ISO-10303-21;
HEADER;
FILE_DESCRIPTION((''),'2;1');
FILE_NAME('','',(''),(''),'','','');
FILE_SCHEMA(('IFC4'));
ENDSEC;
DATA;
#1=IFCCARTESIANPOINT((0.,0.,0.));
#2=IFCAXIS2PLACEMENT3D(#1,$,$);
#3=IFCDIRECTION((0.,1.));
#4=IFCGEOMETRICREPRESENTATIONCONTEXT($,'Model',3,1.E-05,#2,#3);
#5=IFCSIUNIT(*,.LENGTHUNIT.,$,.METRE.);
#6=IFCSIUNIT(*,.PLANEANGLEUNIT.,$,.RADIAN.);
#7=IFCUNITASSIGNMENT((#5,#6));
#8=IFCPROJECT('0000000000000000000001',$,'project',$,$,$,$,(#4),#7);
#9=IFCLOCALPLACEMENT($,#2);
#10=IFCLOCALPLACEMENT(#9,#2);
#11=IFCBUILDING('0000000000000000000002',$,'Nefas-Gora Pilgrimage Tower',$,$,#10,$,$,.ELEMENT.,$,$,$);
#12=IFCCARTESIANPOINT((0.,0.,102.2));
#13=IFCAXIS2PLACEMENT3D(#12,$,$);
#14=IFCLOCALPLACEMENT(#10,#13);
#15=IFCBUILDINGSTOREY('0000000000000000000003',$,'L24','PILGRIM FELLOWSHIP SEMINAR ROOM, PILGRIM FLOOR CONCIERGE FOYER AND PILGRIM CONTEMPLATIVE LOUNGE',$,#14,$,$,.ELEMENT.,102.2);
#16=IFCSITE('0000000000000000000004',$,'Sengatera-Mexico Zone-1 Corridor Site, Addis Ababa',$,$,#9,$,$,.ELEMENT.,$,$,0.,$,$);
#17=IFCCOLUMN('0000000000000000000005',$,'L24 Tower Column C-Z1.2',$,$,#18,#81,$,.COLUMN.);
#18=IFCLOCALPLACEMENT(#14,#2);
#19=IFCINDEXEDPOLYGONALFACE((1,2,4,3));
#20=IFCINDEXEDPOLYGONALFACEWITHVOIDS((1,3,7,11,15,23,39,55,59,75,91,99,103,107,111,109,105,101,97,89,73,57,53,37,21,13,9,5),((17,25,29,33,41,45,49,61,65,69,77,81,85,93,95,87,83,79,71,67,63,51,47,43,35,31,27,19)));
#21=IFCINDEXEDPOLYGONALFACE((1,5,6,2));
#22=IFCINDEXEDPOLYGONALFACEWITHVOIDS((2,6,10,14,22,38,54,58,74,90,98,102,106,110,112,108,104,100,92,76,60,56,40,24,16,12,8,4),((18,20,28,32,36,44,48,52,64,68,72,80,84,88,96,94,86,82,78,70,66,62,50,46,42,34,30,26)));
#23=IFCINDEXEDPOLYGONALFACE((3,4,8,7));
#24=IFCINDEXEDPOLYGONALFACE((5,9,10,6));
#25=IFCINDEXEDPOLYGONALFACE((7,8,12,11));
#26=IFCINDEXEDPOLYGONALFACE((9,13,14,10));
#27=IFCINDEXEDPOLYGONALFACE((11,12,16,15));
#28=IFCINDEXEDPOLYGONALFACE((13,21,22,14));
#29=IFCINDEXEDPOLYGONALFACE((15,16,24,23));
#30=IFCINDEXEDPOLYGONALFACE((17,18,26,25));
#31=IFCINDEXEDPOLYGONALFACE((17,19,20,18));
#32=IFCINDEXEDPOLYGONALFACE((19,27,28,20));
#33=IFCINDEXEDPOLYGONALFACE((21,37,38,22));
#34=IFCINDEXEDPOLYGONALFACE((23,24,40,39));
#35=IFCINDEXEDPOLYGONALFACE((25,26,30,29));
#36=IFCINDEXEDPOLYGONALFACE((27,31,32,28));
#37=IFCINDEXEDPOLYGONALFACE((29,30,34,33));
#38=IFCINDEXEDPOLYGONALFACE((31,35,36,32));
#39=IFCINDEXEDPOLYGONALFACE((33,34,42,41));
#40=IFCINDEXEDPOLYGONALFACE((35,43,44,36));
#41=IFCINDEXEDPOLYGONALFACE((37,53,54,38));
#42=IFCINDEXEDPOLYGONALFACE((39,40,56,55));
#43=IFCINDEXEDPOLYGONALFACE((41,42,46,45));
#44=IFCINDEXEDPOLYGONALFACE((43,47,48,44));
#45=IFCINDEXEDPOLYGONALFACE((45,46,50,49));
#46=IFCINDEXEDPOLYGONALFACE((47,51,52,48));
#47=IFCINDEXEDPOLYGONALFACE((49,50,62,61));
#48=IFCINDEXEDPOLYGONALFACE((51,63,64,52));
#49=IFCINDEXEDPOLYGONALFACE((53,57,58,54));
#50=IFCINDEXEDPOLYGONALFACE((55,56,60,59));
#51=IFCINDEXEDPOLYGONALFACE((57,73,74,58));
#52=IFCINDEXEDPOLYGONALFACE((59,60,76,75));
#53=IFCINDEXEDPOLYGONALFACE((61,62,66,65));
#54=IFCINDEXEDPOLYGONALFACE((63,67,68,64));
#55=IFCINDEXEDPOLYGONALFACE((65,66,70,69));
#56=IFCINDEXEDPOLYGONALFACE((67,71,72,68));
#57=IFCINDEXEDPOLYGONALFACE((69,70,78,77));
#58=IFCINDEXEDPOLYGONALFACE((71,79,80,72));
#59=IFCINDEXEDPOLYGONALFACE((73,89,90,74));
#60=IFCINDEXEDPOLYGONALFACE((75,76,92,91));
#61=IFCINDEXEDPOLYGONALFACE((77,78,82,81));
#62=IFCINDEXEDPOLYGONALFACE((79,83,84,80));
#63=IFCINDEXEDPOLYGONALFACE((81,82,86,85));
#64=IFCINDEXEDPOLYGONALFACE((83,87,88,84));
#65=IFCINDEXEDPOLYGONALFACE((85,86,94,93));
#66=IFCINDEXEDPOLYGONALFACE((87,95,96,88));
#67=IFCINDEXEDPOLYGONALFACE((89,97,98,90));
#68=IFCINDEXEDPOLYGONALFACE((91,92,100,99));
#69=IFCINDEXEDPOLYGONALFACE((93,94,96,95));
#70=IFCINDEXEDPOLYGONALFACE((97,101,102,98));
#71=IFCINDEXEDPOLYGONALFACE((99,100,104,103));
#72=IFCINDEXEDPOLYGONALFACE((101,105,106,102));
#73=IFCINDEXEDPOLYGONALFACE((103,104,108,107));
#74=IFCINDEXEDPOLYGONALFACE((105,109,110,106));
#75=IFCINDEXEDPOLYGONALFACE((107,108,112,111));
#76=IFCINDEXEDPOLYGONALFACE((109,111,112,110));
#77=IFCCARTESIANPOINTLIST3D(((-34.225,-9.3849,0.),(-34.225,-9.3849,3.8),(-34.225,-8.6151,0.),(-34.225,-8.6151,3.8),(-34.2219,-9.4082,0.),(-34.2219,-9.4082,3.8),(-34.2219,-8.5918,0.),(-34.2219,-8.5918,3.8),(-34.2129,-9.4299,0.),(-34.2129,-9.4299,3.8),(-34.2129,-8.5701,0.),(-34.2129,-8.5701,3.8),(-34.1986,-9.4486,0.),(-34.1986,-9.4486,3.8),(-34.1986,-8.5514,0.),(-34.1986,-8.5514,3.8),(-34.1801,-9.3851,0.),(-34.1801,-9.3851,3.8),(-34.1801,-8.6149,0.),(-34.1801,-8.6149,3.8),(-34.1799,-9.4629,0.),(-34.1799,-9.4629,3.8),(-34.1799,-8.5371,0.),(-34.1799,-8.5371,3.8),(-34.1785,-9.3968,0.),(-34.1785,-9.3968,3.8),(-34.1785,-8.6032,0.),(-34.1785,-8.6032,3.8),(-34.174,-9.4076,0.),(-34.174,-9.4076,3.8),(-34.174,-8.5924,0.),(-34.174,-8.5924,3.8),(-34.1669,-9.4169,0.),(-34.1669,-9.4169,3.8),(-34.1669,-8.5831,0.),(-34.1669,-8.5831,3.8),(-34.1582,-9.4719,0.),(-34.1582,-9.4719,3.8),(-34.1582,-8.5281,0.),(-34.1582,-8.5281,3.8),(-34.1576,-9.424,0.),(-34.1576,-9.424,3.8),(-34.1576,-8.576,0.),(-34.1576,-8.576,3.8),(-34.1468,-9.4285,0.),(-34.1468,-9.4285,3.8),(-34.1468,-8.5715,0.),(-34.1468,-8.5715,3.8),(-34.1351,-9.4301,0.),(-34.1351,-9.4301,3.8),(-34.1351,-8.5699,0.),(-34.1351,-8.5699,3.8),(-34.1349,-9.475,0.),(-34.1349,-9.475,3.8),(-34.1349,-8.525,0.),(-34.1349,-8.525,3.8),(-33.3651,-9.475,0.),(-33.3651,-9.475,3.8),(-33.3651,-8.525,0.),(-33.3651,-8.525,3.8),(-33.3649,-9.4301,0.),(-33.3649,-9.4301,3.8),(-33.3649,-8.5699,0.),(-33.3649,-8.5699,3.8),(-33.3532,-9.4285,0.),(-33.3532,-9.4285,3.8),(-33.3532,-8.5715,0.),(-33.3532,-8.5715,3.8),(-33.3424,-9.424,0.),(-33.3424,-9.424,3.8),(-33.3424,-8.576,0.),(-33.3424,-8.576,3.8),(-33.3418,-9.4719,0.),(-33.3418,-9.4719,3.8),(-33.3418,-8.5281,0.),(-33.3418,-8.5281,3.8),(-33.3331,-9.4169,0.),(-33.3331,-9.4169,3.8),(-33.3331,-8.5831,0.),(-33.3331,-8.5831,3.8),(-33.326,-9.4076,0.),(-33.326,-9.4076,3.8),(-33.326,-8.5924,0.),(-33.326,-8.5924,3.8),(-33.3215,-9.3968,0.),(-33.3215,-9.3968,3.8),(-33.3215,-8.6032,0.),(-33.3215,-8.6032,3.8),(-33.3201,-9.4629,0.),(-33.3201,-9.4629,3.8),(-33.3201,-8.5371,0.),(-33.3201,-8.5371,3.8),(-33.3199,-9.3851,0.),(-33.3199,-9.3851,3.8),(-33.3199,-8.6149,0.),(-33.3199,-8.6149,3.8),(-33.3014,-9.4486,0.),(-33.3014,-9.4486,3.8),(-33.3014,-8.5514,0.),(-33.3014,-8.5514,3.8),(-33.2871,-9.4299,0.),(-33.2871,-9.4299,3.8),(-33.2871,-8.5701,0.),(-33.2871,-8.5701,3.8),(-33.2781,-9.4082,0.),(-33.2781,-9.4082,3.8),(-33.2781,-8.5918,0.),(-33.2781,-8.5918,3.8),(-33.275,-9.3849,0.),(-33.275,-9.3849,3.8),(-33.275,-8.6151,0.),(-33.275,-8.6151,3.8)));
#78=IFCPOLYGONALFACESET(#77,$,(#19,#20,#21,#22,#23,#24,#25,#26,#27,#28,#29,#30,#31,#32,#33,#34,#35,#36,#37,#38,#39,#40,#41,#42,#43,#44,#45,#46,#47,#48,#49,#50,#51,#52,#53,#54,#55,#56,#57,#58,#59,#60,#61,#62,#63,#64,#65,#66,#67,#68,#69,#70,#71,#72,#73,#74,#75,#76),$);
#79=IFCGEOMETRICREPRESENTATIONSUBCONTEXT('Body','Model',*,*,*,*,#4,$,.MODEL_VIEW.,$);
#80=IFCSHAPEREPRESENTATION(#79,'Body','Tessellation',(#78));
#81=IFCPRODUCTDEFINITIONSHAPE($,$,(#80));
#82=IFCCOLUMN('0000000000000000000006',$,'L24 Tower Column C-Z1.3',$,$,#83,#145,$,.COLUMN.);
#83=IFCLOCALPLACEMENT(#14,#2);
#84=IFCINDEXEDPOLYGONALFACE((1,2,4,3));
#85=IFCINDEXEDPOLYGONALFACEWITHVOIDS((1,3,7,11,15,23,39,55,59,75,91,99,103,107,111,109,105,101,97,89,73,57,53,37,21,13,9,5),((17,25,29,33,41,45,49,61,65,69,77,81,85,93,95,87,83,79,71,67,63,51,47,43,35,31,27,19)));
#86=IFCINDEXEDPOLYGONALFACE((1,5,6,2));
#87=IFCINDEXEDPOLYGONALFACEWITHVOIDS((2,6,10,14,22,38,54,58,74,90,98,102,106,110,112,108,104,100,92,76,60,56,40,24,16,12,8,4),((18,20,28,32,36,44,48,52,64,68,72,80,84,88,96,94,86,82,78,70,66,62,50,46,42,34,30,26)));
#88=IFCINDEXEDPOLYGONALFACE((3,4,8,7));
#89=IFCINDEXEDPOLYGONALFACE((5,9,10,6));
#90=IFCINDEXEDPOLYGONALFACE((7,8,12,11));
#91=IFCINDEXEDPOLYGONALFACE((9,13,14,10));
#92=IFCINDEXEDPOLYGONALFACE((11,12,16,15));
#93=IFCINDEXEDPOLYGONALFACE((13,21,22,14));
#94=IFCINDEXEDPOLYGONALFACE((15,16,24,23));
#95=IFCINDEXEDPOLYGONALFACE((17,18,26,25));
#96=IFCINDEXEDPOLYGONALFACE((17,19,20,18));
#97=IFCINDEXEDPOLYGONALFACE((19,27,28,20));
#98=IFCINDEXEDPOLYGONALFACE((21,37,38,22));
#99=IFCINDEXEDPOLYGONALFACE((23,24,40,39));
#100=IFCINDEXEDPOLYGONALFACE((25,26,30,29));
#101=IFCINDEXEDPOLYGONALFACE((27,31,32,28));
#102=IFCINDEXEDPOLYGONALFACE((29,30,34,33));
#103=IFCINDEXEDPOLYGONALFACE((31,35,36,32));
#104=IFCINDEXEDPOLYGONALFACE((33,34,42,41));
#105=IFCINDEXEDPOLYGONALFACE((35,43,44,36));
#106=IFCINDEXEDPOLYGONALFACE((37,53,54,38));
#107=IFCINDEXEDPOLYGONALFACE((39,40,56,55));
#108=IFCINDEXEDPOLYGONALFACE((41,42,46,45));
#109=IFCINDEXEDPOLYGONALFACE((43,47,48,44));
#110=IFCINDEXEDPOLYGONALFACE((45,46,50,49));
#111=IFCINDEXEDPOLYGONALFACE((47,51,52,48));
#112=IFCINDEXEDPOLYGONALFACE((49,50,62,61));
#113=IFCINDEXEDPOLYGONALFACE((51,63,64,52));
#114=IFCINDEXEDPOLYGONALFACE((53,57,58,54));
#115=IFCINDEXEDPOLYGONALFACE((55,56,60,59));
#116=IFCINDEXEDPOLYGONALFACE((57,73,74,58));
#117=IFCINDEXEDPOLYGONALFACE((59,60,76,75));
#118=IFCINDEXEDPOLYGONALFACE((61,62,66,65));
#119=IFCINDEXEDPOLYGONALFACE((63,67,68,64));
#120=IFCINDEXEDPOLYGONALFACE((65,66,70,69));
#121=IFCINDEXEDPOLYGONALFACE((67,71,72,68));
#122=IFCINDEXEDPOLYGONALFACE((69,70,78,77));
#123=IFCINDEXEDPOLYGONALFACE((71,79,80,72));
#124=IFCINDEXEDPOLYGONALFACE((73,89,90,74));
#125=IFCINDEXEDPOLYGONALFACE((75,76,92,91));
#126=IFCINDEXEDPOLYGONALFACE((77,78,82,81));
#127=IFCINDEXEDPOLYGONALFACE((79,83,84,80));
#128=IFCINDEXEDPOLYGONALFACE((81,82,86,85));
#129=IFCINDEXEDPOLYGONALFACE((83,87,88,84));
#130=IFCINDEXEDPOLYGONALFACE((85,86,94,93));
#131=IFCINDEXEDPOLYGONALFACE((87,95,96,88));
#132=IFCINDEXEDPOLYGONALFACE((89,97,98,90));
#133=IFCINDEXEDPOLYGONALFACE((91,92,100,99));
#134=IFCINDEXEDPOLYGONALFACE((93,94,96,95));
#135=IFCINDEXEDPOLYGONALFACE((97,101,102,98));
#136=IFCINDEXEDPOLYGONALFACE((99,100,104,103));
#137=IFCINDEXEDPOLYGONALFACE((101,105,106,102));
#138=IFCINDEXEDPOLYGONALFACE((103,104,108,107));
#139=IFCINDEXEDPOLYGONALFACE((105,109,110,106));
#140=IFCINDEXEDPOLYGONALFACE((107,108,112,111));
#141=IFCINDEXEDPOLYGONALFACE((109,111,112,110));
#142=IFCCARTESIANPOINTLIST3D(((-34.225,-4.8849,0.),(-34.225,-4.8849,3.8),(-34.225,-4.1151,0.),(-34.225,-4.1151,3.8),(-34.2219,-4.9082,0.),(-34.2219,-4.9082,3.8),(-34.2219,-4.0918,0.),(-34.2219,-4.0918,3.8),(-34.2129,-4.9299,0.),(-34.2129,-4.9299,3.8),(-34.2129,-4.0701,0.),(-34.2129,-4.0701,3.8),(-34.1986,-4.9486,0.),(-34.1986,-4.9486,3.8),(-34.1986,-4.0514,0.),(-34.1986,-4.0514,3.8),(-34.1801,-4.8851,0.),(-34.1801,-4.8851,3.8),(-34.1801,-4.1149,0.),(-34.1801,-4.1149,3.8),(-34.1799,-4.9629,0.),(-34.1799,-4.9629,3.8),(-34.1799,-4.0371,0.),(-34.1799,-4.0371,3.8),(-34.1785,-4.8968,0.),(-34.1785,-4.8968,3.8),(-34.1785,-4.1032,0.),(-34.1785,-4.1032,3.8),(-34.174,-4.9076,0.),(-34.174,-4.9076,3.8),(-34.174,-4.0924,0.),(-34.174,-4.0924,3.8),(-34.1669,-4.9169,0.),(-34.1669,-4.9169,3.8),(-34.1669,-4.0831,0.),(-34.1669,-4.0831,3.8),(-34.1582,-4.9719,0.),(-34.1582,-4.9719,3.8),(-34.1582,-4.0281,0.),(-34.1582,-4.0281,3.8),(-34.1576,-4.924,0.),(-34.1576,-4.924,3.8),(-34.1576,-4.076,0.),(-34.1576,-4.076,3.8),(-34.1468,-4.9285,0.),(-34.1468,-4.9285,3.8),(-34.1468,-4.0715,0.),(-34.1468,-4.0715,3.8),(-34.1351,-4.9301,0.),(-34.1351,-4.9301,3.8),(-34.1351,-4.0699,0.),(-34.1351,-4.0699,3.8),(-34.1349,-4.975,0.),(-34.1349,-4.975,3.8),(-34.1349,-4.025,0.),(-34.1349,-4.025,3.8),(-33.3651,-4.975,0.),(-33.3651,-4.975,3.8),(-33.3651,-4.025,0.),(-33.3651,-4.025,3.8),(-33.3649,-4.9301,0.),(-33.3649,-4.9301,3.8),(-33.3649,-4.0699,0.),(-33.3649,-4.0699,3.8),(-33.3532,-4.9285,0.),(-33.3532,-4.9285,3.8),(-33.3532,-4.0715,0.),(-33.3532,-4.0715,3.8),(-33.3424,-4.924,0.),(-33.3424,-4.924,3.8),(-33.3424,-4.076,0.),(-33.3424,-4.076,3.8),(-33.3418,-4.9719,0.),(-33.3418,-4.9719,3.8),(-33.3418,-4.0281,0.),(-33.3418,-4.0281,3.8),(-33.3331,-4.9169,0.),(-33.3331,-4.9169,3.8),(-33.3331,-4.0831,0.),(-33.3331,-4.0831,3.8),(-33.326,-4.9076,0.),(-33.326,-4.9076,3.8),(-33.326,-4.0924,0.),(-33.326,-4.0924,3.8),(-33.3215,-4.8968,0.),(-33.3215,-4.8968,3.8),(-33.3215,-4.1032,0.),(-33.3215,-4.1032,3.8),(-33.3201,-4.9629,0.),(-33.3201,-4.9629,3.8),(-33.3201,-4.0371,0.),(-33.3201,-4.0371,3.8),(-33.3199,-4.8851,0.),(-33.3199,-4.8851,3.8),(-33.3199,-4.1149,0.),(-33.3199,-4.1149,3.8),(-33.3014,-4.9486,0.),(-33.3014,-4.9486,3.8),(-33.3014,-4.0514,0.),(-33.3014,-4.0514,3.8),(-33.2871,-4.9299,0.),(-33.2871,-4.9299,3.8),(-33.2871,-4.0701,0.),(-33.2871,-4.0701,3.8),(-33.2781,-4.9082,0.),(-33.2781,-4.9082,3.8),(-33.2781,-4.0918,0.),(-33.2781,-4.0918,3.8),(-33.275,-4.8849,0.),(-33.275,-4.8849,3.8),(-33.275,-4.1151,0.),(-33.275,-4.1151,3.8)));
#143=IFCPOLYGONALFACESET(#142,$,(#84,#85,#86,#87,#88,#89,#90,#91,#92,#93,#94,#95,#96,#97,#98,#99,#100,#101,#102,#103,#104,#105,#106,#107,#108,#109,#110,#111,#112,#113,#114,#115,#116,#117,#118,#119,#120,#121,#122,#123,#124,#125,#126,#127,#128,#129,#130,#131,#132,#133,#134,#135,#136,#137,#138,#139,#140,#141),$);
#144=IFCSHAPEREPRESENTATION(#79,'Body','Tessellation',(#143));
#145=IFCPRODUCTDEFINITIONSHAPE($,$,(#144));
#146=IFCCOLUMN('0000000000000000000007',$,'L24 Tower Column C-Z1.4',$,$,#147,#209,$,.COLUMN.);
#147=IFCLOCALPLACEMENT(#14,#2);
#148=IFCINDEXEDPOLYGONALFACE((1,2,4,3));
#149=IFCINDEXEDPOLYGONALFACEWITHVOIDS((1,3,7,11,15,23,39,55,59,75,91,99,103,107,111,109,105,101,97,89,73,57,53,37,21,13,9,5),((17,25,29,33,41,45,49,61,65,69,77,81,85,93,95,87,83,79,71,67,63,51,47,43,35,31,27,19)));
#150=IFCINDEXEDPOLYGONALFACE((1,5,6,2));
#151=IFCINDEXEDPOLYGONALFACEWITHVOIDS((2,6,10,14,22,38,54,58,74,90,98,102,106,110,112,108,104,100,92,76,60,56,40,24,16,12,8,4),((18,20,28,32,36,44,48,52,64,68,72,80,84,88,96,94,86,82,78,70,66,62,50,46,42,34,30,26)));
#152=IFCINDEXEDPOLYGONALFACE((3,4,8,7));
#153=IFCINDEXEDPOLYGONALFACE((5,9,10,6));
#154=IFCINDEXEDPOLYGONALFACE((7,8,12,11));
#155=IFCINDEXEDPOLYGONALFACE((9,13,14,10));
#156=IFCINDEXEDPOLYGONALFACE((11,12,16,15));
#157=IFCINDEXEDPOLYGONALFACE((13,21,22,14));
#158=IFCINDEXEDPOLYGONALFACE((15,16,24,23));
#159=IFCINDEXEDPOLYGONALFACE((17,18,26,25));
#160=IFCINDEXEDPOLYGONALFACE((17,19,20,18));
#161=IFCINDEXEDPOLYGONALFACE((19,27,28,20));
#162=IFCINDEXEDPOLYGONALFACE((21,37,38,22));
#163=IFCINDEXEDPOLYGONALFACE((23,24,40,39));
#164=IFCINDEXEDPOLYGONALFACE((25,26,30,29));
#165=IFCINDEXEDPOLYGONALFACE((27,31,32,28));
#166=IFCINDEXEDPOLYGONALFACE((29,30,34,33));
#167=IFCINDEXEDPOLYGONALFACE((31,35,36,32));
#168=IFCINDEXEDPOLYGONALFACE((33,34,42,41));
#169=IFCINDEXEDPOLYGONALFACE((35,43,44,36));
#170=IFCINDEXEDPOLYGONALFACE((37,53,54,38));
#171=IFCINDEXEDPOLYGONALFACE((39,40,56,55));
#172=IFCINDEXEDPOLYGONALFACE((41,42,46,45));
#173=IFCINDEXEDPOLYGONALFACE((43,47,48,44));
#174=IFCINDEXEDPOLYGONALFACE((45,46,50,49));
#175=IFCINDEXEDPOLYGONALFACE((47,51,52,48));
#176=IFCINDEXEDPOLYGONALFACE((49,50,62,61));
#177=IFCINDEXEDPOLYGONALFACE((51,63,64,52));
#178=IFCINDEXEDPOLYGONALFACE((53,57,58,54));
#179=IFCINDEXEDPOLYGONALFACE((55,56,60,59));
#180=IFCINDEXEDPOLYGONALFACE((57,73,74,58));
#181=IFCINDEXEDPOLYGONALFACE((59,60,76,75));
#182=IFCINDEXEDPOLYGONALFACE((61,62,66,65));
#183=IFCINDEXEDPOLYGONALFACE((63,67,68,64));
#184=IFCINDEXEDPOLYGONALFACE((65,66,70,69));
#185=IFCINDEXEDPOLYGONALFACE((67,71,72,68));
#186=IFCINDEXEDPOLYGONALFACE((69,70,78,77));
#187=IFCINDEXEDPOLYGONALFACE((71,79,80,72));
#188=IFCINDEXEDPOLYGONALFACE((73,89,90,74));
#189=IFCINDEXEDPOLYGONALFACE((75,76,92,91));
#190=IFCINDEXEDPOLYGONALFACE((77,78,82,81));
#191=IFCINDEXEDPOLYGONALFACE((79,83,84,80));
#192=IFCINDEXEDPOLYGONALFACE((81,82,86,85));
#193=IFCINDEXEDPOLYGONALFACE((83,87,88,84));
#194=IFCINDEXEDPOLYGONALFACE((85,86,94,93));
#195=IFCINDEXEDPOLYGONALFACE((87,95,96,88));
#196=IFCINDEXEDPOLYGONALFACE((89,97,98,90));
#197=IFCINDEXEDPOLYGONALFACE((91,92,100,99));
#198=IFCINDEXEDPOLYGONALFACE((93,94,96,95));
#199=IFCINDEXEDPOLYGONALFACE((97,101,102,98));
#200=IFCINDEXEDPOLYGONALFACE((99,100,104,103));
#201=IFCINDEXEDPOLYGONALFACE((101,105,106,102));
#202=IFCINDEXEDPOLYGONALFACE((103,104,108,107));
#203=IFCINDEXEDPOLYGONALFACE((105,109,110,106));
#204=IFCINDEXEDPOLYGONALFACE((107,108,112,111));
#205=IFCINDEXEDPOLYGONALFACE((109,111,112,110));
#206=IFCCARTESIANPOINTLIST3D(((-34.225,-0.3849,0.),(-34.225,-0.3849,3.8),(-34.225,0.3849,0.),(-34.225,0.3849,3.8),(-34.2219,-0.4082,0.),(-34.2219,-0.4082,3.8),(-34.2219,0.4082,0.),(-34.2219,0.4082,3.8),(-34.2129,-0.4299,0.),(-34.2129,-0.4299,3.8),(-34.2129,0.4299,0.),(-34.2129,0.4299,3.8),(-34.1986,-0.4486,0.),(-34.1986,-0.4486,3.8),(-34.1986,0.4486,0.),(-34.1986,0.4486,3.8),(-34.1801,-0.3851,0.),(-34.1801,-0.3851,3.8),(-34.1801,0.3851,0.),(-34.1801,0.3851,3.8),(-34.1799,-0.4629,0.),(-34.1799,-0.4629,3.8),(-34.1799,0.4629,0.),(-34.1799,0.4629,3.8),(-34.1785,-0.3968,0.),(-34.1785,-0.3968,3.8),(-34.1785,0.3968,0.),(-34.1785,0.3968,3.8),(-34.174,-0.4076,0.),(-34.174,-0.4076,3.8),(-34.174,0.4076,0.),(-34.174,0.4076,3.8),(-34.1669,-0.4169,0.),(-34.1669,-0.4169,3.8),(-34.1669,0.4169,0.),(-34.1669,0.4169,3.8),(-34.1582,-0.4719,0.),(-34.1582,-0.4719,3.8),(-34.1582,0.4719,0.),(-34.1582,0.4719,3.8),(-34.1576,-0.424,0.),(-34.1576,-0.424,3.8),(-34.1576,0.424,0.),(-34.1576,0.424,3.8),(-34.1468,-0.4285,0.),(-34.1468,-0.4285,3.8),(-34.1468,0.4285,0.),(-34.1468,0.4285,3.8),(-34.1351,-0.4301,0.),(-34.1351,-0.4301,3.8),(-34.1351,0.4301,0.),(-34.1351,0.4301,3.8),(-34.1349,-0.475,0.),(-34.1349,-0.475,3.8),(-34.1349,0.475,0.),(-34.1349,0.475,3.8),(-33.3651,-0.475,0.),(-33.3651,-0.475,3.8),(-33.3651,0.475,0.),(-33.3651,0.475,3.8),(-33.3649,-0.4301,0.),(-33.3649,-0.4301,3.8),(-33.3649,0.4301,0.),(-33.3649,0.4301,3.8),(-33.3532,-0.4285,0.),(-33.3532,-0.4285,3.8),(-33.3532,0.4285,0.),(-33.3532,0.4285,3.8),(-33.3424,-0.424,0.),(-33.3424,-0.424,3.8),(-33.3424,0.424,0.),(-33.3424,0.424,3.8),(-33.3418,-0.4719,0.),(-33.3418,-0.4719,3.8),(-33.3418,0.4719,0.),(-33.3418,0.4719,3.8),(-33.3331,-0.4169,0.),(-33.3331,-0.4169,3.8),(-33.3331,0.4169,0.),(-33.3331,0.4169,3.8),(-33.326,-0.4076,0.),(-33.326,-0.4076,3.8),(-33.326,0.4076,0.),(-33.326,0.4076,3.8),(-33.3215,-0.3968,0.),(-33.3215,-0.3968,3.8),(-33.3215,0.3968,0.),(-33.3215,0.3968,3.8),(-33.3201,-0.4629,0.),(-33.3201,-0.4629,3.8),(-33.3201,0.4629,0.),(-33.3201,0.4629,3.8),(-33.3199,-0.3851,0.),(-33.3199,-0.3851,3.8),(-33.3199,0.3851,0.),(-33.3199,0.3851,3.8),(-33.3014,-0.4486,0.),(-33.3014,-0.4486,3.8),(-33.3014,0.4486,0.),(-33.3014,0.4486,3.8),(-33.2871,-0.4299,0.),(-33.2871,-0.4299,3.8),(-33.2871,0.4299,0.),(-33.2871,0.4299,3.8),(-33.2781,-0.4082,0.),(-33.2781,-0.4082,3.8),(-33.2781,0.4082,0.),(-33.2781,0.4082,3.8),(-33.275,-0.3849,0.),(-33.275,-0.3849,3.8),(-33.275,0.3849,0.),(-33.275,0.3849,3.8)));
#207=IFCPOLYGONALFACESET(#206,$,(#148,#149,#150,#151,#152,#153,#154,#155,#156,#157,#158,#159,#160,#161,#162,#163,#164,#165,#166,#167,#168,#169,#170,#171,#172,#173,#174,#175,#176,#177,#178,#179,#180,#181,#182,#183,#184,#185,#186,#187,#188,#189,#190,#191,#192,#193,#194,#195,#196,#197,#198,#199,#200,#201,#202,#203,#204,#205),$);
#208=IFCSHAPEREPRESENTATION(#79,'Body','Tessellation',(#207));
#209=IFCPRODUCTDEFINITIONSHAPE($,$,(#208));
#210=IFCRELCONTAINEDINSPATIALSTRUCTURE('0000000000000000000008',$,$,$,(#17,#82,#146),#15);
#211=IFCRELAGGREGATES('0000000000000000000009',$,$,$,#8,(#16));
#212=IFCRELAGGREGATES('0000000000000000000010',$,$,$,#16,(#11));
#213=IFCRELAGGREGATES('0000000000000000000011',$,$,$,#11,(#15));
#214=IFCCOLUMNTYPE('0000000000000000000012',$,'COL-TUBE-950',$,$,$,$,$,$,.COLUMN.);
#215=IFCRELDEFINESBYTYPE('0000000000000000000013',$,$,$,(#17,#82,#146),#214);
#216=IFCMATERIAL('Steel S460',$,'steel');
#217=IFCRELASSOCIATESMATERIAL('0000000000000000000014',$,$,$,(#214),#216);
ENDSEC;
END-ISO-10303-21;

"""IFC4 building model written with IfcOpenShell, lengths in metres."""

from ifc_helpers import new_model, si_unit, direction, frame, origin, origin_2d, place, context, subcontext, project, spatial, hollow_rectangle, extrude, source, transform, mapped, material, material_profile, profile_set, type_object, element, save


model = new_model("IFC4")

# Units and contexts
model_context = context("Model", 3, precision=1e-05, world=origin(), true_north=direction((0.0, 1.0)))
body_context = subcontext(model_context, "Body", "Model", "MODEL_VIEW")
ifc_project = project(units=[si_unit("LENGTHUNIT", "METRE"), si_unit("PLANEANGLEUNIT", "RADIAN")], contexts=[model_context])

# Site, building, storey
site_placement = place(None, origin())
site = spatial("IfcSite", under=ifc_project, at=site_placement, Name="Sengatera-Mexico Zone-1 Corridor Site, Addis Ababa", CompositionType="ELEMENT", RefElevation=0.0)
building_placement = place(site_placement, origin())
building = spatial("IfcBuilding", under=site, at=building_placement, Name="Nefas-Gora Pilgrimage Tower", CompositionType="ELEMENT")
storey_placement = place(building_placement, frame((0.0, 0.0, 102.2)))
storey = spatial("IfcBuildingStorey", under=building, at=storey_placement, Name="L24", Description="PILGRIM FELLOWSHIP SEMINAR ROOM, PILGRIM FLOOR CONCIERGE FOYER AND PILGRIM CONTEMPLATIVE LOUNGE", CompositionType="ELEMENT", Elevation=102.2)

# Columns
ifc_material_1 = material(Name="Steel S460", Category="steel")
ifc_material_profile_1 = material_profile(ifc_material_1, hollow_rectangle(XDim=0.95, YDim=0.95, WallThickness=0.0449, InnerFilletRadius=0.0449, OuterFilletRadius=0.0901, at=origin_2d()), Name="BOX 950x950x45")
ifc_profile_set_1 = profile_set([ifc_material_profile_1], Name="Steel S460")
column_type_1 = type_object("IfcColumnType", Name="COL-TUBE-950", PredefinedType="COLUMN", material=ifc_profile_set_1)
shared_shape_1 = source(origin(), body_context, "Body", "SweptSolid", [
    extrude(hollow_rectangle(XDim=0.95, YDim=0.95, WallThickness=0.0449, InnerFilletRadius=0.0449, OuterFilletRadius=0.0901, at=origin_2d()), origin(), (0.0, 0.0, 1.0), 3.8),
])
for number, where, z_axis, x_axis, name in (
    (1, (-33.75, -9.0, 0.0), (0.0, 0.0, 1.0), (1.0, 0.0, 0.0), "L24 Tower Column C-Z1.2"),
    (2, (-33.75, -4.5, 0.0), (0.0, 0.0, 1.0), (1.0, 0.0, 0.0), "L24 Tower Column C-Z1.3"),
    (3, (-33.75, 0.0, 0.0), (0.0, 0.0, 1.0), (1.0, 0.0, 0.0), "L24 Tower Column C-Z1.4"),
):
    element("IfcColumn", number, at=place(storey_placement, frame(where, z_axis=z_axis, x_axis=x_axis)), inside=storey, type_object=column_type_1, Name=name, PredefinedType="COLUMN", context=body_context, shape_type="MappedRepresentation", body=[
        mapped(shared_shape_1, transform((0.0, 0.0, 0.0), x_axis=(1.0, 0.0, 0.0), y_axis=(0.0, 1.0, 0.0), z_axis=(0.0, 0.0, 1.0), scale=1.0)),
    ])

save(model, "model.ifc")
